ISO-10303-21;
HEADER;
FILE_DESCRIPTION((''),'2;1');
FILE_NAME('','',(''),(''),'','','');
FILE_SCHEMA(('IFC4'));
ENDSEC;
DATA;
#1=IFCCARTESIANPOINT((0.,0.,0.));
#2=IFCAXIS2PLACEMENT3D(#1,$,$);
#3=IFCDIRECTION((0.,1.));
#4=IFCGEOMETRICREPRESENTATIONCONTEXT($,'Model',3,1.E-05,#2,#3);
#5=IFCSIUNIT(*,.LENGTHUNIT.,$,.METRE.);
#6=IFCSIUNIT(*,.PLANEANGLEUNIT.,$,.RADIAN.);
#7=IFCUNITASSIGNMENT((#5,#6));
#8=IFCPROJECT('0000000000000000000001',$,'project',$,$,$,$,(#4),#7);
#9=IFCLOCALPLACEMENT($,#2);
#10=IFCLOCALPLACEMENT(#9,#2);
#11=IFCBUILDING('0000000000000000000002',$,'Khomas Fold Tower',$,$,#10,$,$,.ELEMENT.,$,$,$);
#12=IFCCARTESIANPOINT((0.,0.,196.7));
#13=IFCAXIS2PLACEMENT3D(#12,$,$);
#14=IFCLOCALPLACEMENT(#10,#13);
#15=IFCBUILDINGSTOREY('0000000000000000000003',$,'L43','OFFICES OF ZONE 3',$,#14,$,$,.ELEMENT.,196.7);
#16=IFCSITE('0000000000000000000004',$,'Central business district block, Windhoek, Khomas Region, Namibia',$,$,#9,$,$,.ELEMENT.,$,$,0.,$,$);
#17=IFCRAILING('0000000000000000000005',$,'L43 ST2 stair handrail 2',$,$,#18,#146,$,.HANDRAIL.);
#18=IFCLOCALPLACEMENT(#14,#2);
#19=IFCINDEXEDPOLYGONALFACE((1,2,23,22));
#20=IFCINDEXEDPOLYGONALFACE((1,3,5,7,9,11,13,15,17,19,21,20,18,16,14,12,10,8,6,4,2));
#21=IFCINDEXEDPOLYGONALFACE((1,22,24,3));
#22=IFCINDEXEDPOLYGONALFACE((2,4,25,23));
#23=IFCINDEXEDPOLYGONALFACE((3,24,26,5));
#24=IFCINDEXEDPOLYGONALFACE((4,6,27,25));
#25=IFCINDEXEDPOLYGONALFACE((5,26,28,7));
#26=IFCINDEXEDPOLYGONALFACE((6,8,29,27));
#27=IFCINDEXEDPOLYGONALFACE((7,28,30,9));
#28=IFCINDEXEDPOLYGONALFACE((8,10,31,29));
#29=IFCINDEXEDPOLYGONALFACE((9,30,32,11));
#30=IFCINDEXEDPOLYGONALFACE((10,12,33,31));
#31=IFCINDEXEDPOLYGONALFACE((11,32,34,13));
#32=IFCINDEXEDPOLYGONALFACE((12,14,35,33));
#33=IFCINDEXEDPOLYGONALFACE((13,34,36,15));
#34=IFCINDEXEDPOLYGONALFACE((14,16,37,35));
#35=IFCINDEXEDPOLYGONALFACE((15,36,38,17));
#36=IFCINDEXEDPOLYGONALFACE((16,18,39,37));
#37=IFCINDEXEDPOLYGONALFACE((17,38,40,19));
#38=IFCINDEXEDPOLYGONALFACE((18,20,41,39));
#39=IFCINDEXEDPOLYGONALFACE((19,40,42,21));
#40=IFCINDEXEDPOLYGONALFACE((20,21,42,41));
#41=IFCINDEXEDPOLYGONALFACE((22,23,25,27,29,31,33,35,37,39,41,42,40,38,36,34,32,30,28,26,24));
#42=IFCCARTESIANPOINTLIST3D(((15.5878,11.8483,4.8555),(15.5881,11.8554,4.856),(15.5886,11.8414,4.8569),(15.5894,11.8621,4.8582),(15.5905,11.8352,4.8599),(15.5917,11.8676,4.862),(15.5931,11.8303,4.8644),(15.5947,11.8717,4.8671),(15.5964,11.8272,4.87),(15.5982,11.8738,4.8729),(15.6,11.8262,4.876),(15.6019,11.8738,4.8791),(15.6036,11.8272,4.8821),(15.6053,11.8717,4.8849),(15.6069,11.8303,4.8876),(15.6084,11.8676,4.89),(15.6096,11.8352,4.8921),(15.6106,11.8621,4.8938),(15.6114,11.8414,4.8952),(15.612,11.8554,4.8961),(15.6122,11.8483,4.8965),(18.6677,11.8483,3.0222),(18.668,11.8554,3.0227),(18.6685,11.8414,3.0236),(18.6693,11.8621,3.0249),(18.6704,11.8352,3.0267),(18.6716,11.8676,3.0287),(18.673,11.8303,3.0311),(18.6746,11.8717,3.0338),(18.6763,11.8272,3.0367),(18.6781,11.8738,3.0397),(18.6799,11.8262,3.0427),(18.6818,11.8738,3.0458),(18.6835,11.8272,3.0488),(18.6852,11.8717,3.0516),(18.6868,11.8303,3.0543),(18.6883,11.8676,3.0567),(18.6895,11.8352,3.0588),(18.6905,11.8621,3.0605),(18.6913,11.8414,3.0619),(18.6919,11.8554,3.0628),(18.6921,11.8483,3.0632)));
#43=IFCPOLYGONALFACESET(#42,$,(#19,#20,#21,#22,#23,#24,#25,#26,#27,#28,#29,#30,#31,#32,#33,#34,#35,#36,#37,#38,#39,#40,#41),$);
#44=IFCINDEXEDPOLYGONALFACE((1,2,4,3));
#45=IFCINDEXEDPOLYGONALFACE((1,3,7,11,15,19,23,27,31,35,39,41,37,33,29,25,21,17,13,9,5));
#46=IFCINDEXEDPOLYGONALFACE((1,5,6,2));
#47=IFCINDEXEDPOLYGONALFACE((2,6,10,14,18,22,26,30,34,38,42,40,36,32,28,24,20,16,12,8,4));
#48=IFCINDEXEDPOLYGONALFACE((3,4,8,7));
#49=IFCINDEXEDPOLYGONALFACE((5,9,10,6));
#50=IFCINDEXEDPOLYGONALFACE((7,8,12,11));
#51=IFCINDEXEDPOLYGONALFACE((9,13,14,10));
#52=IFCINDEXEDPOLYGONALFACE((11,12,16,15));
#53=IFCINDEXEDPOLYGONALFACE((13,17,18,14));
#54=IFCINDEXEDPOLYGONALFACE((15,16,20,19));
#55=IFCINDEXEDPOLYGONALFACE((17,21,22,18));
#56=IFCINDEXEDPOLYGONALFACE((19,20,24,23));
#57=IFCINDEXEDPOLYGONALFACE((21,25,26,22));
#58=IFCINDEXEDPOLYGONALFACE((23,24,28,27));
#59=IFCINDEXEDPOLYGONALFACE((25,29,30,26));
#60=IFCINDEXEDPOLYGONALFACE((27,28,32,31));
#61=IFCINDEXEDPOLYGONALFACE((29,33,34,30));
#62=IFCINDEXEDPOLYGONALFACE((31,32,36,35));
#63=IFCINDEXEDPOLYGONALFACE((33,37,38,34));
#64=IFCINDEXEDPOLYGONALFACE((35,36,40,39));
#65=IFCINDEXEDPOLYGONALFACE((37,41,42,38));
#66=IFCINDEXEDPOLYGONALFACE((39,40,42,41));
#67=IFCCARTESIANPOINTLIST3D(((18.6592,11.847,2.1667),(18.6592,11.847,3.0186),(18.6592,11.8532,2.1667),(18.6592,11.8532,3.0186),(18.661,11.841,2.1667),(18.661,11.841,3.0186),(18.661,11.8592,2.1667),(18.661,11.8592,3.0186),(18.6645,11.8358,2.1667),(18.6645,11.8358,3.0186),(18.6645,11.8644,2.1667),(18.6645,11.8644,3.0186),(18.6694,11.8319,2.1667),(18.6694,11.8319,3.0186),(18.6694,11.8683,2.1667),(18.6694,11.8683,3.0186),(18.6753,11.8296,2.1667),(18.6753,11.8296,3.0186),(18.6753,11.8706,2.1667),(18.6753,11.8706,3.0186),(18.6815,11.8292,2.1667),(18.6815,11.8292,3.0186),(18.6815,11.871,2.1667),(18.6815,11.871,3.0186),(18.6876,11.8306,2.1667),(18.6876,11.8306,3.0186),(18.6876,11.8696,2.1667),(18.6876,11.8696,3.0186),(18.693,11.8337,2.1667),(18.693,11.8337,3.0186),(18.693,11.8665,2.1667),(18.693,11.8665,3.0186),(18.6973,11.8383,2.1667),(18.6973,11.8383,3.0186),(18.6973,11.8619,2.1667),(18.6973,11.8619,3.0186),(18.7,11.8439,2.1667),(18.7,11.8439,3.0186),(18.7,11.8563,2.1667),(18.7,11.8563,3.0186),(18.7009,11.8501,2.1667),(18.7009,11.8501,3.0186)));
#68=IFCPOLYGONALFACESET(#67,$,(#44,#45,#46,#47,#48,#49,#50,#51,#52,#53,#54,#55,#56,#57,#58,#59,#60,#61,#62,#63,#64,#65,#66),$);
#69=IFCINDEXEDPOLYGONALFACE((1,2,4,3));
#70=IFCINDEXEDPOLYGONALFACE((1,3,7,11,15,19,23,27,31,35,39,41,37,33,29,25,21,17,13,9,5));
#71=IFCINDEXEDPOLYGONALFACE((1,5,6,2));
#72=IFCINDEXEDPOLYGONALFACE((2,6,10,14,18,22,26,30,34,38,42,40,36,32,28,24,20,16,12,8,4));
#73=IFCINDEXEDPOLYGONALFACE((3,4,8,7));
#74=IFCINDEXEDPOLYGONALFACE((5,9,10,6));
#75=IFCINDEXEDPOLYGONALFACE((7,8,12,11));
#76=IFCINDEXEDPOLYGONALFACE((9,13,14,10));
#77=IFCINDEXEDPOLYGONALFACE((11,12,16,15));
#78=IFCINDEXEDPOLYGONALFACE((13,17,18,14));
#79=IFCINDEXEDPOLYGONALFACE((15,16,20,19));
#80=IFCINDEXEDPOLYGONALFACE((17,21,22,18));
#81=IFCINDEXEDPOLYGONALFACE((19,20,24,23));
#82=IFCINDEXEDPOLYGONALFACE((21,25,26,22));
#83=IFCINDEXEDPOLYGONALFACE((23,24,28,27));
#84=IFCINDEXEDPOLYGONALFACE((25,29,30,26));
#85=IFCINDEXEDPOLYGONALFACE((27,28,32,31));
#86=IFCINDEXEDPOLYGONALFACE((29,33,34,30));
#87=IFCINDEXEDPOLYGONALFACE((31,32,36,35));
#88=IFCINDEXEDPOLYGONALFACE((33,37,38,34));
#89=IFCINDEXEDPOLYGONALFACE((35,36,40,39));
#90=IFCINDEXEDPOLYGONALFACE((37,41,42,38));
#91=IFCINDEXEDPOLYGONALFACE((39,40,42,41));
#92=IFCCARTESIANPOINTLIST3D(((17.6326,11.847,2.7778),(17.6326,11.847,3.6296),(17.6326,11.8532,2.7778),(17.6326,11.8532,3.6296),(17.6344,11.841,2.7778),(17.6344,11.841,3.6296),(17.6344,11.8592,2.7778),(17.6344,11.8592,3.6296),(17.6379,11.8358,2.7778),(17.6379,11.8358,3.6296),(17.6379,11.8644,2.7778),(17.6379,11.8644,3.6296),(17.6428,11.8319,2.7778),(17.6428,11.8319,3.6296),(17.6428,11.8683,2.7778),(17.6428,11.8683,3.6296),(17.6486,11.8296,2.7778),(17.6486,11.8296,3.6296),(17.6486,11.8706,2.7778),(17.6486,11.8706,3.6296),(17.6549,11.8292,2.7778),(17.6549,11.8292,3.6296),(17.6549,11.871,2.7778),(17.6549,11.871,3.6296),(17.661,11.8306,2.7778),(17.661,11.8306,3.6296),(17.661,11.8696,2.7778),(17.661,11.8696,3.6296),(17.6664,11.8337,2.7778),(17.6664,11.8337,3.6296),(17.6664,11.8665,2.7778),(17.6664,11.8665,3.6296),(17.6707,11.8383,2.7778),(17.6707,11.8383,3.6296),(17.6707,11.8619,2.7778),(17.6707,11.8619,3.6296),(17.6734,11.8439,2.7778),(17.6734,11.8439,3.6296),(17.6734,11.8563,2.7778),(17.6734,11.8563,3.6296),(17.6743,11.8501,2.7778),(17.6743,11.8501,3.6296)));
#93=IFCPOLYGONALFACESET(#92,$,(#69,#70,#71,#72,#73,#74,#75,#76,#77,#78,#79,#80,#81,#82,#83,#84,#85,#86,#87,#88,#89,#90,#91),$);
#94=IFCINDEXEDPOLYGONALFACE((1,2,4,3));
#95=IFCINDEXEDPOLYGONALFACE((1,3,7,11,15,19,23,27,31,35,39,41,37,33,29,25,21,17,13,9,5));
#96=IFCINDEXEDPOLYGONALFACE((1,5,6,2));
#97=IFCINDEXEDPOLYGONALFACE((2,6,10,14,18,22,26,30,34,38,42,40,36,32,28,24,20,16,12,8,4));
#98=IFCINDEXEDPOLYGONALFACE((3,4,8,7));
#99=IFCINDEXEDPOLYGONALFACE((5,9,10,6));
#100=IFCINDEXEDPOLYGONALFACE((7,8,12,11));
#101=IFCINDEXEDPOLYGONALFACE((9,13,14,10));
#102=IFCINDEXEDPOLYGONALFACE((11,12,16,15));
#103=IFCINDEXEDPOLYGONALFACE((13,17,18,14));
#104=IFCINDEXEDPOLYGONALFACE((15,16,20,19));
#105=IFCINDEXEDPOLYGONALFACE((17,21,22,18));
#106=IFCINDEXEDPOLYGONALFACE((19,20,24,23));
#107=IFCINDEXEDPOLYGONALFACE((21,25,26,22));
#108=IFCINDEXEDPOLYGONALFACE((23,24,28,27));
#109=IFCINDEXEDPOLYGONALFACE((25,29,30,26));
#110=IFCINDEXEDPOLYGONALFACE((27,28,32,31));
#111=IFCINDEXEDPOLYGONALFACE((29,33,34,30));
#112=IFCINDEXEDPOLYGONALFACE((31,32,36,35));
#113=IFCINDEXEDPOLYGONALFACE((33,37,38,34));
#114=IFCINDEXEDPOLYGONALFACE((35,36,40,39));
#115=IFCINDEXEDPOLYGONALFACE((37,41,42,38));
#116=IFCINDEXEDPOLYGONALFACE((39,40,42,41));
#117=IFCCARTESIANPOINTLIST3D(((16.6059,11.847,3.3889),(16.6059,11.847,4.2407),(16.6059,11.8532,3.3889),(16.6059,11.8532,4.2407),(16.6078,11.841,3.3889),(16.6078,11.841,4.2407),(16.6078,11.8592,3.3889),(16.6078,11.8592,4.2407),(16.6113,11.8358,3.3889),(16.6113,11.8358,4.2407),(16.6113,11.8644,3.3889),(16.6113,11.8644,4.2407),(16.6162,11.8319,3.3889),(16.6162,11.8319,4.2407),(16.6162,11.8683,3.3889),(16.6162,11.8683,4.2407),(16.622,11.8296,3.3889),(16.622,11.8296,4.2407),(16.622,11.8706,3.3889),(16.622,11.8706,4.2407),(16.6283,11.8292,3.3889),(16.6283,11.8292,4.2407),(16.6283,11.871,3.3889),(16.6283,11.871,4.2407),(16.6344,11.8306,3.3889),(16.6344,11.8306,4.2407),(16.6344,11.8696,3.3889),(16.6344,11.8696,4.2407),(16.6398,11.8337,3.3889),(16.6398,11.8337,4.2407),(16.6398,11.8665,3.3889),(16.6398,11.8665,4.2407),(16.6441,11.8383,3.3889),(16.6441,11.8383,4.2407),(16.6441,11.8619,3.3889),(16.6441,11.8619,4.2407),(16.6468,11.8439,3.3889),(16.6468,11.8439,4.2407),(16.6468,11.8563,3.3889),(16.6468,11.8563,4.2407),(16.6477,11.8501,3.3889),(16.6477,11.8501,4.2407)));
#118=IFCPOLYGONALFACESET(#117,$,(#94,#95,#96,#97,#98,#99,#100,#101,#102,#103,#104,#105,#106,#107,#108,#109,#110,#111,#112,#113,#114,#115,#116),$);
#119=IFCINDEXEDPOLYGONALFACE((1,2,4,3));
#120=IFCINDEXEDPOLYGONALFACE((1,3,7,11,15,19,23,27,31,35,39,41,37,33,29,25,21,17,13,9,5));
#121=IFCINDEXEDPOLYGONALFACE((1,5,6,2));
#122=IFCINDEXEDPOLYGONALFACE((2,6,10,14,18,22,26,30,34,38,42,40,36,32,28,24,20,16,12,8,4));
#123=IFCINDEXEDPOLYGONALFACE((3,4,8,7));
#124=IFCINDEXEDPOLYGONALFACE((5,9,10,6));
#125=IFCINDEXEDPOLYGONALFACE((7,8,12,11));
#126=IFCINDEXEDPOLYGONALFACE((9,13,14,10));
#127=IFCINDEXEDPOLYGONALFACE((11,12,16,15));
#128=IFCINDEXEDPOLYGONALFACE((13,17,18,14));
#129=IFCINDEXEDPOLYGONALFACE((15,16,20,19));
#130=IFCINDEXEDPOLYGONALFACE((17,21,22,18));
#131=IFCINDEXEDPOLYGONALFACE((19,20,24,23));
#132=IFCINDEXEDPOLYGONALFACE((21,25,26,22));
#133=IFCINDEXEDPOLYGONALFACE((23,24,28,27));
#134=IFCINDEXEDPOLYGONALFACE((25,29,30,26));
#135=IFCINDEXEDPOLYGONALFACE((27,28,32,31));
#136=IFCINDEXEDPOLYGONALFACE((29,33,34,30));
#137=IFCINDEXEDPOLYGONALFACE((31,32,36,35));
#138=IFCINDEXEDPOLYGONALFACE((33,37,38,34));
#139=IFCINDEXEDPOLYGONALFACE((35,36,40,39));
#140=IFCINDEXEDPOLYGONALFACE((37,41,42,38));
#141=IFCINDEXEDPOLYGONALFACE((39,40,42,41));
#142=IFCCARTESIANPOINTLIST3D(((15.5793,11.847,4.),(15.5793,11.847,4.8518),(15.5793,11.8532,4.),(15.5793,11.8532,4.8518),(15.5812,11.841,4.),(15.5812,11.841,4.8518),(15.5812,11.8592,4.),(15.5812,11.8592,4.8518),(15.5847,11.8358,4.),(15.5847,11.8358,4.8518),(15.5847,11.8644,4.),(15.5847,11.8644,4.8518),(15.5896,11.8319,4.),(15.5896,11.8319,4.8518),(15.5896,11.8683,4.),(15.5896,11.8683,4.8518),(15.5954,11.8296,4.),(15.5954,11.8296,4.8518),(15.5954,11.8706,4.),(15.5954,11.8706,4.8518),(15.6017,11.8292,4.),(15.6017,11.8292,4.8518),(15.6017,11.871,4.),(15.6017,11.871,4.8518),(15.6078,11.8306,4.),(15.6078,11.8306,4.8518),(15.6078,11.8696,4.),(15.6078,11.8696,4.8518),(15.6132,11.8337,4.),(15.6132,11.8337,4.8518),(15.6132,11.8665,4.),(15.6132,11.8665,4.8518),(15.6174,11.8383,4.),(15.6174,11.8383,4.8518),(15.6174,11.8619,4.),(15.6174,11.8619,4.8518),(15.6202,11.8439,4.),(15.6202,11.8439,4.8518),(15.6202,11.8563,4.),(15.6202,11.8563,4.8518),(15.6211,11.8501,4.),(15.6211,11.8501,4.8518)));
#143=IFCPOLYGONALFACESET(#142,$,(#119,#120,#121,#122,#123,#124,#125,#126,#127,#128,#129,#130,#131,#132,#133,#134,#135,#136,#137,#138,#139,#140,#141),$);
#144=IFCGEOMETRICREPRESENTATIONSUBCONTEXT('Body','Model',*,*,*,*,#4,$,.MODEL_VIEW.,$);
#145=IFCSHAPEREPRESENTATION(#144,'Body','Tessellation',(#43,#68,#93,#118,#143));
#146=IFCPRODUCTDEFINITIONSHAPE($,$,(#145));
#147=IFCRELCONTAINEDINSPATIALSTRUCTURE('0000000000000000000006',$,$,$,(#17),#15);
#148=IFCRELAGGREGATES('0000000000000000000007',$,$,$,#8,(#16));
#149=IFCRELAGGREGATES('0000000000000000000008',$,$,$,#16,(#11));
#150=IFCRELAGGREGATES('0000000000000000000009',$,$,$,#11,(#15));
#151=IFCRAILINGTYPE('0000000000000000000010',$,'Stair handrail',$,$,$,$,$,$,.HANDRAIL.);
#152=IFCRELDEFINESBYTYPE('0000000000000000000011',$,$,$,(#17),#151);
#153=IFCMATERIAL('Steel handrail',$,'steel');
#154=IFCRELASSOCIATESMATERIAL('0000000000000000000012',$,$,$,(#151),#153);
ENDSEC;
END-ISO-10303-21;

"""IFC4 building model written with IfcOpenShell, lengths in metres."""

from ifc_helpers import new_model, si_unit, direction, frame, origin, origin_2d, place, context, subcontext, project, spatial, circle, extrude, source, transform, mapped, material, type_object, element, save


model = new_model("IFC4")

# Units and contexts
model_context = context("Model", 3, precision=1e-05, world=origin(), true_north=direction((0.0, 1.0)))
body_context = subcontext(model_context, "Body", "Model", "MODEL_VIEW")
ifc_project = project(units=[si_unit("LENGTHUNIT", "METRE"), si_unit("PLANEANGLEUNIT", "RADIAN")], contexts=[model_context])

# Site, building, storey
site_placement = place(None, origin())
site = spatial("IfcSite", under=ifc_project, at=site_placement, Name="Central business district block, Windhoek, Khomas Region, Namibia", CompositionType="ELEMENT", RefElevation=0.0)
building_placement = place(site_placement, origin())
building = spatial("IfcBuilding", under=site, at=building_placement, Name="Khomas Fold Tower", CompositionType="ELEMENT")
storey_placement = place(building_placement, frame((0.0, 0.0, 196.7)))
storey = spatial("IfcBuildingStorey", under=building, at=storey_placement, Name="L43", Description="OFFICES OF ZONE 3", CompositionType="ELEMENT", Elevation=196.7)

# Railing
ifc_material_1 = material(Name="Steel handrail", Category="steel")
railing_type_1 = type_object("IfcRailingType", Name="Stair handrail", PredefinedType="HANDRAIL", material=ifc_material_1)
shared_shape_1 = source(origin(), body_context, "Body", "SweptSolid", [
    extrude(circle(Radius=0.0239, at=origin_2d()), frame((0.0, 0.0, 0.876), z_axis=(-0.859291, 0.0, 0.511487), x_axis=(0.0, -1.0, 0.0)), (0.0, 0.0, 1.0), 3.5842),
    extrude(circle(Radius=0.021, at=origin_2d()), origin(), (0.0, 0.0, 1.0), 0.8518),
    extrude(circle(Radius=0.021, at=origin_2d()), frame((-1.0266, 0.0, 0.6111)), (0.0, 0.0, 1.0), 0.8518),
    extrude(circle(Radius=0.021, at=origin_2d()), frame((-2.0532, 0.0, 1.2222)), (0.0, 0.0, 1.0), 0.8518),
    extrude(circle(Radius=0.021, at=origin_2d()), frame((-3.0798, 0.0, 1.8333)), (0.0, 0.0, 1.0), 0.8518),
])
railing_1_placement = place(storey_placement, frame((18.6799, 11.8501, 2.1667)))
element("IfcRailing", 1, at=railing_1_placement, inside=storey, type_object=railing_type_1, Name="L43 ST2 stair handrail 2", PredefinedType="HANDRAIL", context=body_context, shape_type="MappedRepresentation", body=[
    mapped(shared_shape_1, transform((0.0, 0.0, 0.0))),
])

save(model, "model.ifc")
